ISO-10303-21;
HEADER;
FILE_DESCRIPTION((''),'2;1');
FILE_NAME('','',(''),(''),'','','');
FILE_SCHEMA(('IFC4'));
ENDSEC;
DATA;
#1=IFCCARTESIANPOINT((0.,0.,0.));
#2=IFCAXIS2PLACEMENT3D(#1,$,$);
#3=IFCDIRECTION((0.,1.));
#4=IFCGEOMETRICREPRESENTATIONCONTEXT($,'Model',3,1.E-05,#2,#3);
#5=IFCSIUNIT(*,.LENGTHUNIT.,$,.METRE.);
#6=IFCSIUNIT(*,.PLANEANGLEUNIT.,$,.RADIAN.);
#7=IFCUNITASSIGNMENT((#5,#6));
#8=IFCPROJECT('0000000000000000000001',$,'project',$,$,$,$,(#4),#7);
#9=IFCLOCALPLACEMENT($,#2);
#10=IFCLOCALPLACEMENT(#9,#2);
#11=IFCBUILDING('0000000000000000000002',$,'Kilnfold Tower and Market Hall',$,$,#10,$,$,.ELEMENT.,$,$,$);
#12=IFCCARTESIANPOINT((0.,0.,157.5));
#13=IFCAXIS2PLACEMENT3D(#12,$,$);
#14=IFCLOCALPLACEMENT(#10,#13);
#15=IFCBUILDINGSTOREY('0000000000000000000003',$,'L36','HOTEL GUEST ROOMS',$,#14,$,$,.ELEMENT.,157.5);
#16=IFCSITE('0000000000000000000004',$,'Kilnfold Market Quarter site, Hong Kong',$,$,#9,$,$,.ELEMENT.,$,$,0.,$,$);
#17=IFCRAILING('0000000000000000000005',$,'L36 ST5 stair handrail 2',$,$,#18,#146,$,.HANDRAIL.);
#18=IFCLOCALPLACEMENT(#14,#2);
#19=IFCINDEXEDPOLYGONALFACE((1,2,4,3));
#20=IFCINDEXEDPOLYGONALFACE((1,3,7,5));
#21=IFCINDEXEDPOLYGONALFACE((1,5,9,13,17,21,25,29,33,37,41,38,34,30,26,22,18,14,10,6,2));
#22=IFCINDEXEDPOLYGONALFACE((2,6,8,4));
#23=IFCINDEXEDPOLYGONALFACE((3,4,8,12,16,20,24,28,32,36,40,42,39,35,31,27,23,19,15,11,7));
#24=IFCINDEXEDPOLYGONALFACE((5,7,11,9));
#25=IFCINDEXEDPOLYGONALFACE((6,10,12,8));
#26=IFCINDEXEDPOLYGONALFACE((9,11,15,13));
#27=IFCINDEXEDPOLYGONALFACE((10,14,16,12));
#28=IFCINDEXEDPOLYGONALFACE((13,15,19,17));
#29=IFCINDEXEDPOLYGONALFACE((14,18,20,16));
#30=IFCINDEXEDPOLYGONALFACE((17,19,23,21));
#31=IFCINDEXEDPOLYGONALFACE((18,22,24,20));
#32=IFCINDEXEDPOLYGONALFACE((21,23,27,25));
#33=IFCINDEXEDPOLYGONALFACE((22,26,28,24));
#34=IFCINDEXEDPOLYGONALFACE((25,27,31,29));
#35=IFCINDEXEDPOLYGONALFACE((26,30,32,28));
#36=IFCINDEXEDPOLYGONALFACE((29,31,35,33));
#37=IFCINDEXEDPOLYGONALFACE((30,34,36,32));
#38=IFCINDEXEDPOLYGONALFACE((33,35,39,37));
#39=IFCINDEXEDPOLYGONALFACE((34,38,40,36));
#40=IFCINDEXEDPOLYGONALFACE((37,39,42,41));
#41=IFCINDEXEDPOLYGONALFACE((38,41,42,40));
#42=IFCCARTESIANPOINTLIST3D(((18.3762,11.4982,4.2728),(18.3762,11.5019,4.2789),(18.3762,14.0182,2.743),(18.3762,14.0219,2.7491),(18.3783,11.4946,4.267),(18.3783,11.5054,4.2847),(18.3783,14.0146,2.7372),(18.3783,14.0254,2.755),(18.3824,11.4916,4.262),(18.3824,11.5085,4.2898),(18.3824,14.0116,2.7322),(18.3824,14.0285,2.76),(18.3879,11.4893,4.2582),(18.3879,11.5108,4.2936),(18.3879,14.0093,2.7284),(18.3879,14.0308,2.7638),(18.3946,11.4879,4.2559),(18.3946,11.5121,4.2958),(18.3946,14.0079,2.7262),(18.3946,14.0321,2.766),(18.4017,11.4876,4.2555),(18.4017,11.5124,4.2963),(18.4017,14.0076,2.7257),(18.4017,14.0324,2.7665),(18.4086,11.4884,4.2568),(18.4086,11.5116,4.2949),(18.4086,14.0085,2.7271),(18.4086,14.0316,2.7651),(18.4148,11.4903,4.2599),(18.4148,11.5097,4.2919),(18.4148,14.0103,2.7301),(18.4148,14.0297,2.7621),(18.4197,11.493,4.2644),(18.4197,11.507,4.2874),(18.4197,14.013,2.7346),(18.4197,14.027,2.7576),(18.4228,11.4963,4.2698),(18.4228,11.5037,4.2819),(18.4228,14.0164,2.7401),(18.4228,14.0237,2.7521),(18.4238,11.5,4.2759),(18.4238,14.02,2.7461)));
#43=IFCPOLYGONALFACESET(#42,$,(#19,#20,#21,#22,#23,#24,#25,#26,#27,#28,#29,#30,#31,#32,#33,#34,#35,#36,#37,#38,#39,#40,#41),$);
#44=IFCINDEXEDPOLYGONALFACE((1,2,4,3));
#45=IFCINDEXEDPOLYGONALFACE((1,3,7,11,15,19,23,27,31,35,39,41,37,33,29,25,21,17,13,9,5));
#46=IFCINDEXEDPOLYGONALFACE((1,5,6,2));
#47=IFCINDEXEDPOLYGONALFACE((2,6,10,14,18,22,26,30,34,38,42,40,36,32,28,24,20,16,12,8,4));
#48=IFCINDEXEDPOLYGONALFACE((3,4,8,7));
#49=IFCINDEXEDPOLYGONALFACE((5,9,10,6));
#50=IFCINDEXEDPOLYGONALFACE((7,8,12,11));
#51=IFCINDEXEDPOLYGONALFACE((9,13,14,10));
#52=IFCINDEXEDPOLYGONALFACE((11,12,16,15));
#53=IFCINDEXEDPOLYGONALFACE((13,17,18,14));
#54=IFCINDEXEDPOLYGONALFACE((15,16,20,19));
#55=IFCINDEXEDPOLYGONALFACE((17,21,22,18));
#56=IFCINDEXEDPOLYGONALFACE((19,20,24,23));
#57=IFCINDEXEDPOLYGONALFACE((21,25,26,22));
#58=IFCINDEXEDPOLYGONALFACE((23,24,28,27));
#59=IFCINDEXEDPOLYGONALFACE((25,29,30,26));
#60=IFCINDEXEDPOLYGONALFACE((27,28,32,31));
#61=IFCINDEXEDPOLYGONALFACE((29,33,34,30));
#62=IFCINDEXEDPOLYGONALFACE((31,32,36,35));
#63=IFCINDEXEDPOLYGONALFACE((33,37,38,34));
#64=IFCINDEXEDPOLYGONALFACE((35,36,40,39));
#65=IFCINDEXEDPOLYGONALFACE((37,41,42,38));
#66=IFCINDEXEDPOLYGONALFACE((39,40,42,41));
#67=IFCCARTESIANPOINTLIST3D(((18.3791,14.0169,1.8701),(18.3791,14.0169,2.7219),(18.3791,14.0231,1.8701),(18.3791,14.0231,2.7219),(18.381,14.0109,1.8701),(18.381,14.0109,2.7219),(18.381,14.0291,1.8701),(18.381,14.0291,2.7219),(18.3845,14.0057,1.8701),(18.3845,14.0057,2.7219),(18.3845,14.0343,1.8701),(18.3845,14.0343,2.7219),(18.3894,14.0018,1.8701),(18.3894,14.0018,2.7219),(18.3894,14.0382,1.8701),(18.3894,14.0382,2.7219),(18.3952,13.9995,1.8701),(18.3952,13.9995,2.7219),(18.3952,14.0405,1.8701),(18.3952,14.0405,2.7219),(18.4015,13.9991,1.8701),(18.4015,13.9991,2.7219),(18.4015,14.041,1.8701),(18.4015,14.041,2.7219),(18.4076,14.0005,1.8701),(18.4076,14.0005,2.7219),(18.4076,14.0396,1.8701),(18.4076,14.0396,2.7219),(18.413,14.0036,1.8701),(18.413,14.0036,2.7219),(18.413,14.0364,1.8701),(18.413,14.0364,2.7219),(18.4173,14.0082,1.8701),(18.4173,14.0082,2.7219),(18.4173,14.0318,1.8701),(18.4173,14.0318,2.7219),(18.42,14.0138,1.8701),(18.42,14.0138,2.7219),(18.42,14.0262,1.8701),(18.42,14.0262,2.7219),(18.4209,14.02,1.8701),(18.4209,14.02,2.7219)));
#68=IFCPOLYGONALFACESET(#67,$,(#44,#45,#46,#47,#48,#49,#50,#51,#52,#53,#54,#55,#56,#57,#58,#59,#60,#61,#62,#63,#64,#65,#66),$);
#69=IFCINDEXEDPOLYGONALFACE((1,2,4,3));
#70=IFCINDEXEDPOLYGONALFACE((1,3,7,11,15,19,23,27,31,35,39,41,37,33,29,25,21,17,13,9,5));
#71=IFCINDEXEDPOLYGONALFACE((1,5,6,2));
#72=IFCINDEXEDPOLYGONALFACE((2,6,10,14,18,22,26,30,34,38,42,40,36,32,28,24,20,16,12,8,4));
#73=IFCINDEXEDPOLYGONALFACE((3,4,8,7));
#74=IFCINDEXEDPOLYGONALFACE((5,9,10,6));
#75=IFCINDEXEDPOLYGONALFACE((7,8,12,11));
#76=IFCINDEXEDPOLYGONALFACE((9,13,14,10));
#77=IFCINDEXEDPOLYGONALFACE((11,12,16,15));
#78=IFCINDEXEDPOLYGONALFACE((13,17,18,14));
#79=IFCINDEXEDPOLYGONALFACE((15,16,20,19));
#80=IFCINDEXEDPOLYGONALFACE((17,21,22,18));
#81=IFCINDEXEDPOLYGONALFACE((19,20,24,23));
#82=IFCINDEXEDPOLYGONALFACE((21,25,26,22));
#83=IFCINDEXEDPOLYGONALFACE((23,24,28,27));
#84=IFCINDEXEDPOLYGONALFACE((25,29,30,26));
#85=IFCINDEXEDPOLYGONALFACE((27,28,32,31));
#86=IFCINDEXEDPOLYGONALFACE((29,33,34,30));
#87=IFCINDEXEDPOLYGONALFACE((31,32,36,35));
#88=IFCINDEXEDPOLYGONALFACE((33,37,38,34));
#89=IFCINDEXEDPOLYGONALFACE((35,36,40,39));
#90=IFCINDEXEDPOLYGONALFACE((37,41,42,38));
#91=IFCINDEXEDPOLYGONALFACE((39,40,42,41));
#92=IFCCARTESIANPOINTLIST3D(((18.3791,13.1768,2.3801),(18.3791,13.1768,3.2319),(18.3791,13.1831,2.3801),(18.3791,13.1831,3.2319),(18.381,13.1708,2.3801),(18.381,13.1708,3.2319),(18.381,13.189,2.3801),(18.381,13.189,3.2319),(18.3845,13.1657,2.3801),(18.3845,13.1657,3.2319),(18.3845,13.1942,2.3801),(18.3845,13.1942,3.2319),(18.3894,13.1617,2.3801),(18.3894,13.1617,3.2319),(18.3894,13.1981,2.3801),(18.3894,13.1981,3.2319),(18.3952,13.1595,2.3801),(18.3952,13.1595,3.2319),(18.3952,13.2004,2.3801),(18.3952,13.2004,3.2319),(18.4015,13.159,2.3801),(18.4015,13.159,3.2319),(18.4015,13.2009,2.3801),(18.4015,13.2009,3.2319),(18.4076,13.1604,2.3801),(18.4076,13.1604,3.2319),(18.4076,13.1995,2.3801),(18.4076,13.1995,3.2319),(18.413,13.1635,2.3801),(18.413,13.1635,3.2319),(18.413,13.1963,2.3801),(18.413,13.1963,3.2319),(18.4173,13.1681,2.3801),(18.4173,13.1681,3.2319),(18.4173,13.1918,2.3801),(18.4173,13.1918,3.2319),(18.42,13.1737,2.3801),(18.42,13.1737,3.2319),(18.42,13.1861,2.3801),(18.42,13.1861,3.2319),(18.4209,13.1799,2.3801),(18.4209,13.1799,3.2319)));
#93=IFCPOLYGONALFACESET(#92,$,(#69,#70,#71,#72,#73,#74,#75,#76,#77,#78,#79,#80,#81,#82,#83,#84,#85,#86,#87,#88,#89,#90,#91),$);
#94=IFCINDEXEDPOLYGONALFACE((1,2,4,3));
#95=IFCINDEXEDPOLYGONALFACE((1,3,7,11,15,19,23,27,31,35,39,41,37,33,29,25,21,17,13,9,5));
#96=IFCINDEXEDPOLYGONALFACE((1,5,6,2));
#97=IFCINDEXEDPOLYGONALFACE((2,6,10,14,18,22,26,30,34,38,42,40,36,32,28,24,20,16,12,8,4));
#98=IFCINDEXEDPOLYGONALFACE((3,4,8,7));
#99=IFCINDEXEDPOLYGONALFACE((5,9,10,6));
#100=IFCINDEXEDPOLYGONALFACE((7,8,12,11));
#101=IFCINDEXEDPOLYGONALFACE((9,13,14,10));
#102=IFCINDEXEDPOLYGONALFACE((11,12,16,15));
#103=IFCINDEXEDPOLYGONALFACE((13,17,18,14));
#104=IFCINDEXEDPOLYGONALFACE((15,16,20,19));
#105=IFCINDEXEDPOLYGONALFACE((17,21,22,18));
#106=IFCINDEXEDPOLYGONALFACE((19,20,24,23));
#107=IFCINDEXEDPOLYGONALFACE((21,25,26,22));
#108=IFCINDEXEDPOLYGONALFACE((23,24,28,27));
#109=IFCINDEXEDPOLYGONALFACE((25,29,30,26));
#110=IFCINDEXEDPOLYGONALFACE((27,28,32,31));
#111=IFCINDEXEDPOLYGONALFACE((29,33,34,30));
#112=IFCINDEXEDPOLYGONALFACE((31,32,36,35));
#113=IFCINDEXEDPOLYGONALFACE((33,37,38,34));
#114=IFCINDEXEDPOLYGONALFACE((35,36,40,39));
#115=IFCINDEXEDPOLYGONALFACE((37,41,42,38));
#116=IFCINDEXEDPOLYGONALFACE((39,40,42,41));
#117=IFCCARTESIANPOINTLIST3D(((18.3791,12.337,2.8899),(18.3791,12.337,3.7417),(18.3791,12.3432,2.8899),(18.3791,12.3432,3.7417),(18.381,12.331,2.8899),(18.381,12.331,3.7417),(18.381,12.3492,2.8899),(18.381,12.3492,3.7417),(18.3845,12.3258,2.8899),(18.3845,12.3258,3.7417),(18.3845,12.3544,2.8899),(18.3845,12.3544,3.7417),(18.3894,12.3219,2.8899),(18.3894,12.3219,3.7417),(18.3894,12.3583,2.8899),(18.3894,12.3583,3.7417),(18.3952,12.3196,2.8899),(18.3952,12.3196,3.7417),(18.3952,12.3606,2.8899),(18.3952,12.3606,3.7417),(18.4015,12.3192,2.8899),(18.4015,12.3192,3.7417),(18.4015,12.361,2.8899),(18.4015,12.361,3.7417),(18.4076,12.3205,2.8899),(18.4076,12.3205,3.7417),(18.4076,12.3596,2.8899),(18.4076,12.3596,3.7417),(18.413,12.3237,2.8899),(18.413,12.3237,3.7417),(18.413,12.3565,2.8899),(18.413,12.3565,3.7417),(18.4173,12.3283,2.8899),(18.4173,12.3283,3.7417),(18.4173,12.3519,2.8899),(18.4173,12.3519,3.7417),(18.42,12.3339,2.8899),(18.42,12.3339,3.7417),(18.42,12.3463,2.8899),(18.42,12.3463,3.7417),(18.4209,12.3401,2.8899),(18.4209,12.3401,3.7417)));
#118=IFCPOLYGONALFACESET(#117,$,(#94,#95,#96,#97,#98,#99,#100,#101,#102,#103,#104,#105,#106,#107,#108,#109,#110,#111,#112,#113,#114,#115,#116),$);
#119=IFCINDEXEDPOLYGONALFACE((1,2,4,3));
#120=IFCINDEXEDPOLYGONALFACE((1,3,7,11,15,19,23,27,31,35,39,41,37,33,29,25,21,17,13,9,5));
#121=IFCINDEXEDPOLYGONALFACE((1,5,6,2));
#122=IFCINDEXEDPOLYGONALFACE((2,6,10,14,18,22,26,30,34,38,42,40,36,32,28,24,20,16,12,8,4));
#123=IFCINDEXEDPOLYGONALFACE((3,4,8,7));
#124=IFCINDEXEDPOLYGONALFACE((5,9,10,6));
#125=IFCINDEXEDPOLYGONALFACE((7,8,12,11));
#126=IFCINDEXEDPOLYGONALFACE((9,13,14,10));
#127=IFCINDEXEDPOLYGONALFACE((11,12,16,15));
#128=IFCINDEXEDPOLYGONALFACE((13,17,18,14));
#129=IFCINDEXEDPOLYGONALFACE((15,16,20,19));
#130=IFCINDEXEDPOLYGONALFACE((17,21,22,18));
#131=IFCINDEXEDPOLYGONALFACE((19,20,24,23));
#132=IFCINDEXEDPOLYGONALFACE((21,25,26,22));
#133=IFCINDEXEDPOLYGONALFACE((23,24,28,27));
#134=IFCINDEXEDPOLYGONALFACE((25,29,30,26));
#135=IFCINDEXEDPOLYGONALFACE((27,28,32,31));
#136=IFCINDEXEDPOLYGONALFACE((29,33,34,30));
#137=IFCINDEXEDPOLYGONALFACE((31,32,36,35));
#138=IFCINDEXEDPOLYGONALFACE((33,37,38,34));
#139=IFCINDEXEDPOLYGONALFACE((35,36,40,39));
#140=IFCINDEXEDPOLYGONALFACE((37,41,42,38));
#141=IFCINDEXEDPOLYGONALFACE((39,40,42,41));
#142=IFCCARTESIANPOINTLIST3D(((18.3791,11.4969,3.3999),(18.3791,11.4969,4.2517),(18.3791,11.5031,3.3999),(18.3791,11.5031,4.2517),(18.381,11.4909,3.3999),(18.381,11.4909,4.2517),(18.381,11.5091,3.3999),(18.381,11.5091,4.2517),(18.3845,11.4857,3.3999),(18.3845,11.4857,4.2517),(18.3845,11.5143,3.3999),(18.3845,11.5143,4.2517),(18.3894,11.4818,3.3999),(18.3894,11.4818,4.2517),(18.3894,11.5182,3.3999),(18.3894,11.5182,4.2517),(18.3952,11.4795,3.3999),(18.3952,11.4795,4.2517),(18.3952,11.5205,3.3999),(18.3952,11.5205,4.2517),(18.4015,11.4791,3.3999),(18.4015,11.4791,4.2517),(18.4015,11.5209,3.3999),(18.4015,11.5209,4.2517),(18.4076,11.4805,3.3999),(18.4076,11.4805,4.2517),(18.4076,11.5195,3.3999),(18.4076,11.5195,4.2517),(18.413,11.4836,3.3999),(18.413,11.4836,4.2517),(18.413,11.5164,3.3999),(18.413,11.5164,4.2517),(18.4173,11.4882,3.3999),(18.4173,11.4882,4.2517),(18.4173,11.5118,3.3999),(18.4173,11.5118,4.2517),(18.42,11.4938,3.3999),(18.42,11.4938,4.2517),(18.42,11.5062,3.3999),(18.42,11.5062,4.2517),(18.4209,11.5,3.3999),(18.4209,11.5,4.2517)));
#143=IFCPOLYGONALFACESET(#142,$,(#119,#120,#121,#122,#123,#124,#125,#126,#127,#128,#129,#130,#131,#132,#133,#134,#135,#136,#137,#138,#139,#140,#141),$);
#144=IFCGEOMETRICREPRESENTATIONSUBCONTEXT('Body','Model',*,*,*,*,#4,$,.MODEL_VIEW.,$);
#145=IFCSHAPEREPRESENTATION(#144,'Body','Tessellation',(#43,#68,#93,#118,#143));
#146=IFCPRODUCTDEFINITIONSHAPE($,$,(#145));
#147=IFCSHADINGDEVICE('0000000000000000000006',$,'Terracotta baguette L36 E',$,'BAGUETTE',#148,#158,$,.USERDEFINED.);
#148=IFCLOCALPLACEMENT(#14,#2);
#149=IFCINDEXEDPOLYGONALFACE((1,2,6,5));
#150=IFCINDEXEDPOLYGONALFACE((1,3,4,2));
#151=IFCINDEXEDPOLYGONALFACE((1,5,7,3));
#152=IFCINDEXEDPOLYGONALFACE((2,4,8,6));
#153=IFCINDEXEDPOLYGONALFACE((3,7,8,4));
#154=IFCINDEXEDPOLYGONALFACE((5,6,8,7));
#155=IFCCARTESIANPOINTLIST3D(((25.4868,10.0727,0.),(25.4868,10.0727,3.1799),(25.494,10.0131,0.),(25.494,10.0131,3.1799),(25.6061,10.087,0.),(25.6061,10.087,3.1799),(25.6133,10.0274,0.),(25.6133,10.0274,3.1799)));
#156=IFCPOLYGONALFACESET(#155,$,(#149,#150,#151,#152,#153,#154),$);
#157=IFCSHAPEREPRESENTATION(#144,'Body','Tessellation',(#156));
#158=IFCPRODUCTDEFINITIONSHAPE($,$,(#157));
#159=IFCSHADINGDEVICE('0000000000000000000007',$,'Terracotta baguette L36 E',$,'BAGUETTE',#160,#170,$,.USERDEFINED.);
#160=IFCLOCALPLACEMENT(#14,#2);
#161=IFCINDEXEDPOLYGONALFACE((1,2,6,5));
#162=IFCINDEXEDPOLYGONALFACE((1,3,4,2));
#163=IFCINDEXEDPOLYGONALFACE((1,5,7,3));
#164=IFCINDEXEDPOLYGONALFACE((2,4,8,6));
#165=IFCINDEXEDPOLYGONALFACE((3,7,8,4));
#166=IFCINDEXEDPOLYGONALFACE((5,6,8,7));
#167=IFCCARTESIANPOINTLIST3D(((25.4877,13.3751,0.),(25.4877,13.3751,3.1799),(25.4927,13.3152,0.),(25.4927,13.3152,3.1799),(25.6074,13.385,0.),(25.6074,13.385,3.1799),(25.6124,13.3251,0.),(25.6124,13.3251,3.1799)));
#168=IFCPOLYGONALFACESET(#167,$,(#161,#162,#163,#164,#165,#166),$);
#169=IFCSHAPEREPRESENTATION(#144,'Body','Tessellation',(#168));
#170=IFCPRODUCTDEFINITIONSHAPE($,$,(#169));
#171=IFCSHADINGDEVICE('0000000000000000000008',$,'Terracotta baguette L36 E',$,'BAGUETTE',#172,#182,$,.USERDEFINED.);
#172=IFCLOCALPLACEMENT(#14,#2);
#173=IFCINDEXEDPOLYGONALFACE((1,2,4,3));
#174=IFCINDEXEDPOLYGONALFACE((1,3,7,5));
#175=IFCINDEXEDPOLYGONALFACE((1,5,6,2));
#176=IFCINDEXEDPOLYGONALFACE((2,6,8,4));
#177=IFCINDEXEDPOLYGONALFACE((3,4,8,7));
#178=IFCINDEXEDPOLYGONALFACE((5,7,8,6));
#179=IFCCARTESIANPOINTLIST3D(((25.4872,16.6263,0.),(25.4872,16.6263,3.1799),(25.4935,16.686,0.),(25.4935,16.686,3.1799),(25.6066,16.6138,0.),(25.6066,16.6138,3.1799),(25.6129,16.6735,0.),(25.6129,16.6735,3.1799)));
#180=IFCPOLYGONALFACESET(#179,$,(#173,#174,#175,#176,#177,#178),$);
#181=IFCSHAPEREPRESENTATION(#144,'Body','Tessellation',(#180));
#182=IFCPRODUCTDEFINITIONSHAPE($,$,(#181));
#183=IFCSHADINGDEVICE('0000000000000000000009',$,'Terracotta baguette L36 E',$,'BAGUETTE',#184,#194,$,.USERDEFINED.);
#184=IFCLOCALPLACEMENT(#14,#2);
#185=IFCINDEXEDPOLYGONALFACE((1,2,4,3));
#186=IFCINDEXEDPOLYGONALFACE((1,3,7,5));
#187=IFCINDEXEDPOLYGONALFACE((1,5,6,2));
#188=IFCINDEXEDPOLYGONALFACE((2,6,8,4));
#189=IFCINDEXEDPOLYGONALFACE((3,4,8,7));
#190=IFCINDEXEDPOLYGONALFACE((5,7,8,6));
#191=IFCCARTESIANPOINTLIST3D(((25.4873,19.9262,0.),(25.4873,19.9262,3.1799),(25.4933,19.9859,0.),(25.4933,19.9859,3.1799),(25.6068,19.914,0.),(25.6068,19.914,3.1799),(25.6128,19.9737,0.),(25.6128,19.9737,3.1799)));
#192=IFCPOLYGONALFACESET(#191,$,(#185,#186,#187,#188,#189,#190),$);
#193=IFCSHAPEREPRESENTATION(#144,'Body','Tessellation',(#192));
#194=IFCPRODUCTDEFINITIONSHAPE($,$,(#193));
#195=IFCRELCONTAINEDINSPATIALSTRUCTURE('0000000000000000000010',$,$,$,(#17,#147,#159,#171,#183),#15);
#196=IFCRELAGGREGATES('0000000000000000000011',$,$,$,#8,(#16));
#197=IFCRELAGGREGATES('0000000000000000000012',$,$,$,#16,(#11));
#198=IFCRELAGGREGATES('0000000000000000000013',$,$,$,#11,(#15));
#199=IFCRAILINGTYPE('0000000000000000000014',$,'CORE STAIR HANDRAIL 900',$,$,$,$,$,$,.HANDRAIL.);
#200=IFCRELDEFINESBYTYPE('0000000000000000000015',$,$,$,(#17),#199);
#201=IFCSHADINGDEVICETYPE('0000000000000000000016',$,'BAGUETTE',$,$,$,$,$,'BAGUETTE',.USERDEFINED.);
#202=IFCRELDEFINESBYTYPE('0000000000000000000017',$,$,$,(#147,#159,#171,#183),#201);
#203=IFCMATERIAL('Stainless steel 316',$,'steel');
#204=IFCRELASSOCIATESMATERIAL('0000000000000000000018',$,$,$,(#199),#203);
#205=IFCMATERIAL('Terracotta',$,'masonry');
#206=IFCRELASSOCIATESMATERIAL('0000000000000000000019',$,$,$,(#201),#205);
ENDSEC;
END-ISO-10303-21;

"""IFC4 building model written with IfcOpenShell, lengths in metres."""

from ifc_helpers import new_model, si_unit, direction, frame, origin, origin_2d, place, context, subcontext, project, spatial, rectangle, circle, extrude, source, transform, mapped, material, material_profile, profile_set, type_object, element, save


model = new_model("IFC4")

# Units and contexts
model_context = context("Model", 3, precision=1e-05, world=origin(), true_north=direction((0.0, 1.0)))
body_context = subcontext(model_context, "Body", "Model", "MODEL_VIEW")
ifc_project = project(units=[si_unit("LENGTHUNIT", "METRE"), si_unit("PLANEANGLEUNIT", "RADIAN")], contexts=[model_context])

# Site, building, storey
site_placement = place(None, origin())
site = spatial("IfcSite", under=ifc_project, at=site_placement, Name="Kilnfold Market Quarter site, Hong Kong", CompositionType="ELEMENT", RefElevation=0.0)
building_placement = place(site_placement, origin())
building = spatial("IfcBuilding", under=site, at=building_placement, Name="Kilnfold Tower and Market Hall", CompositionType="ELEMENT")
storey_placement = place(building_placement, frame((0.0, 0.0, 157.5)))
storey = spatial("IfcBuildingStorey", under=building, at=storey_placement, Name="L36", Description="HOTEL GUEST ROOMS", CompositionType="ELEMENT", Elevation=157.5)

# Railing
ifc_material_1 = material(Name="Stainless steel 316", Category="steel")
railing_type_1 = type_object("IfcRailingType", Name="CORE STAIR HANDRAIL 900", PredefinedType="HANDRAIL", material=ifc_material_1)
railing_1_placement = place(storey_placement, frame((18.3999, 14.02, 1.8701)))
element("IfcRailing", 1, at=railing_1_placement, inside=storey, type_object=railing_type_1, Name="L36 ST5 stair handrail 2", PredefinedType="HANDRAIL", context=body_context, shape_type="SweptSolid", body=[
    extrude(circle(Radius=0.0239, at=origin_2d()), frame((0.0, 0.0, 0.876), z_axis=(0.0, -0.854822, 0.518922), x_axis=(1.0, 0.0, 0.0)), (0.0, 0.0, 1.0), 2.948),
    extrude(circle(Radius=0.021, at=origin_2d()), origin(), (0.0, 0.0, 1.0), 0.8518),
    extrude(circle(Radius=0.021, at=origin_2d()), frame((0.0, -0.8401, 0.51)), (0.0, 0.0, 1.0), 0.8518),
    extrude(circle(Radius=0.021, at=origin_2d()), frame((0.0, -1.6799, 1.0198)), (0.0, 0.0, 1.0), 0.8518),
    extrude(circle(Radius=0.021, at=origin_2d()), frame((0.0, -2.52, 1.5298)), (0.0, 0.0, 1.0), 0.8518),
])

# Shading devices
ifc_material_2 = material(Name="Terracotta", Category="masonry")
ifc_material_profile = material_profile(ifc_material_2, rectangle(XDim=0.0601, YDim=0.1201, at=origin_2d()), Name="BAG 60x120")
ifc_profile_set = profile_set([ifc_material_profile], Name="Terracotta")
shading_device_type = type_object("IfcShadingDeviceType", Name="BAGUETTE", ElementType="BAGUETTE", PredefinedType="USERDEFINED", material=ifc_profile_set)
shared_shape_1 = source(origin(), body_context, "Body", "SweptSolid", [
    extrude(rectangle(XDim=0.0601, YDim=0.1201, at=origin_2d()), origin(), (0.0, 0.0, 1.0), 3.1799),
])
for number, where, z_axis, x_axis, name in (
    (2, (25.55, 10.05, 0.0), (0.0, 0.0, 1.0), (-0.119118, 0.99288, 0.0), "Terracotta baguette L36 E"),
    (3, (25.55, 13.3501, 0.0), (0.0, 0.0, 1.0), (-0.082697, 0.996575, 0.0), "Terracotta baguette L36 E"),
    (4, (25.55, 16.6499, 0.0), (0.0, 0.0, 1.0), (0.104369, 0.994539, 0.0), "Terracotta baguette L36 E"),
    (5, (25.55, 19.95, 0.0), (0.0, 0.0, 1.0), (0.101362, 0.99485, 0.0), "Terracotta baguette L36 E"),
):
    element("IfcShadingDevice", number, at=place(storey_placement, frame(where, z_axis=z_axis, x_axis=x_axis)), inside=storey, type_object=shading_device_type, Name=name, ObjectType="BAGUETTE", PredefinedType="USERDEFINED", context=body_context, shape_type="MappedRepresentation", body=[
        mapped(shared_shape_1, transform((0.0, 0.0, 0.0))),
    ])

save(model, "model.ifc")
